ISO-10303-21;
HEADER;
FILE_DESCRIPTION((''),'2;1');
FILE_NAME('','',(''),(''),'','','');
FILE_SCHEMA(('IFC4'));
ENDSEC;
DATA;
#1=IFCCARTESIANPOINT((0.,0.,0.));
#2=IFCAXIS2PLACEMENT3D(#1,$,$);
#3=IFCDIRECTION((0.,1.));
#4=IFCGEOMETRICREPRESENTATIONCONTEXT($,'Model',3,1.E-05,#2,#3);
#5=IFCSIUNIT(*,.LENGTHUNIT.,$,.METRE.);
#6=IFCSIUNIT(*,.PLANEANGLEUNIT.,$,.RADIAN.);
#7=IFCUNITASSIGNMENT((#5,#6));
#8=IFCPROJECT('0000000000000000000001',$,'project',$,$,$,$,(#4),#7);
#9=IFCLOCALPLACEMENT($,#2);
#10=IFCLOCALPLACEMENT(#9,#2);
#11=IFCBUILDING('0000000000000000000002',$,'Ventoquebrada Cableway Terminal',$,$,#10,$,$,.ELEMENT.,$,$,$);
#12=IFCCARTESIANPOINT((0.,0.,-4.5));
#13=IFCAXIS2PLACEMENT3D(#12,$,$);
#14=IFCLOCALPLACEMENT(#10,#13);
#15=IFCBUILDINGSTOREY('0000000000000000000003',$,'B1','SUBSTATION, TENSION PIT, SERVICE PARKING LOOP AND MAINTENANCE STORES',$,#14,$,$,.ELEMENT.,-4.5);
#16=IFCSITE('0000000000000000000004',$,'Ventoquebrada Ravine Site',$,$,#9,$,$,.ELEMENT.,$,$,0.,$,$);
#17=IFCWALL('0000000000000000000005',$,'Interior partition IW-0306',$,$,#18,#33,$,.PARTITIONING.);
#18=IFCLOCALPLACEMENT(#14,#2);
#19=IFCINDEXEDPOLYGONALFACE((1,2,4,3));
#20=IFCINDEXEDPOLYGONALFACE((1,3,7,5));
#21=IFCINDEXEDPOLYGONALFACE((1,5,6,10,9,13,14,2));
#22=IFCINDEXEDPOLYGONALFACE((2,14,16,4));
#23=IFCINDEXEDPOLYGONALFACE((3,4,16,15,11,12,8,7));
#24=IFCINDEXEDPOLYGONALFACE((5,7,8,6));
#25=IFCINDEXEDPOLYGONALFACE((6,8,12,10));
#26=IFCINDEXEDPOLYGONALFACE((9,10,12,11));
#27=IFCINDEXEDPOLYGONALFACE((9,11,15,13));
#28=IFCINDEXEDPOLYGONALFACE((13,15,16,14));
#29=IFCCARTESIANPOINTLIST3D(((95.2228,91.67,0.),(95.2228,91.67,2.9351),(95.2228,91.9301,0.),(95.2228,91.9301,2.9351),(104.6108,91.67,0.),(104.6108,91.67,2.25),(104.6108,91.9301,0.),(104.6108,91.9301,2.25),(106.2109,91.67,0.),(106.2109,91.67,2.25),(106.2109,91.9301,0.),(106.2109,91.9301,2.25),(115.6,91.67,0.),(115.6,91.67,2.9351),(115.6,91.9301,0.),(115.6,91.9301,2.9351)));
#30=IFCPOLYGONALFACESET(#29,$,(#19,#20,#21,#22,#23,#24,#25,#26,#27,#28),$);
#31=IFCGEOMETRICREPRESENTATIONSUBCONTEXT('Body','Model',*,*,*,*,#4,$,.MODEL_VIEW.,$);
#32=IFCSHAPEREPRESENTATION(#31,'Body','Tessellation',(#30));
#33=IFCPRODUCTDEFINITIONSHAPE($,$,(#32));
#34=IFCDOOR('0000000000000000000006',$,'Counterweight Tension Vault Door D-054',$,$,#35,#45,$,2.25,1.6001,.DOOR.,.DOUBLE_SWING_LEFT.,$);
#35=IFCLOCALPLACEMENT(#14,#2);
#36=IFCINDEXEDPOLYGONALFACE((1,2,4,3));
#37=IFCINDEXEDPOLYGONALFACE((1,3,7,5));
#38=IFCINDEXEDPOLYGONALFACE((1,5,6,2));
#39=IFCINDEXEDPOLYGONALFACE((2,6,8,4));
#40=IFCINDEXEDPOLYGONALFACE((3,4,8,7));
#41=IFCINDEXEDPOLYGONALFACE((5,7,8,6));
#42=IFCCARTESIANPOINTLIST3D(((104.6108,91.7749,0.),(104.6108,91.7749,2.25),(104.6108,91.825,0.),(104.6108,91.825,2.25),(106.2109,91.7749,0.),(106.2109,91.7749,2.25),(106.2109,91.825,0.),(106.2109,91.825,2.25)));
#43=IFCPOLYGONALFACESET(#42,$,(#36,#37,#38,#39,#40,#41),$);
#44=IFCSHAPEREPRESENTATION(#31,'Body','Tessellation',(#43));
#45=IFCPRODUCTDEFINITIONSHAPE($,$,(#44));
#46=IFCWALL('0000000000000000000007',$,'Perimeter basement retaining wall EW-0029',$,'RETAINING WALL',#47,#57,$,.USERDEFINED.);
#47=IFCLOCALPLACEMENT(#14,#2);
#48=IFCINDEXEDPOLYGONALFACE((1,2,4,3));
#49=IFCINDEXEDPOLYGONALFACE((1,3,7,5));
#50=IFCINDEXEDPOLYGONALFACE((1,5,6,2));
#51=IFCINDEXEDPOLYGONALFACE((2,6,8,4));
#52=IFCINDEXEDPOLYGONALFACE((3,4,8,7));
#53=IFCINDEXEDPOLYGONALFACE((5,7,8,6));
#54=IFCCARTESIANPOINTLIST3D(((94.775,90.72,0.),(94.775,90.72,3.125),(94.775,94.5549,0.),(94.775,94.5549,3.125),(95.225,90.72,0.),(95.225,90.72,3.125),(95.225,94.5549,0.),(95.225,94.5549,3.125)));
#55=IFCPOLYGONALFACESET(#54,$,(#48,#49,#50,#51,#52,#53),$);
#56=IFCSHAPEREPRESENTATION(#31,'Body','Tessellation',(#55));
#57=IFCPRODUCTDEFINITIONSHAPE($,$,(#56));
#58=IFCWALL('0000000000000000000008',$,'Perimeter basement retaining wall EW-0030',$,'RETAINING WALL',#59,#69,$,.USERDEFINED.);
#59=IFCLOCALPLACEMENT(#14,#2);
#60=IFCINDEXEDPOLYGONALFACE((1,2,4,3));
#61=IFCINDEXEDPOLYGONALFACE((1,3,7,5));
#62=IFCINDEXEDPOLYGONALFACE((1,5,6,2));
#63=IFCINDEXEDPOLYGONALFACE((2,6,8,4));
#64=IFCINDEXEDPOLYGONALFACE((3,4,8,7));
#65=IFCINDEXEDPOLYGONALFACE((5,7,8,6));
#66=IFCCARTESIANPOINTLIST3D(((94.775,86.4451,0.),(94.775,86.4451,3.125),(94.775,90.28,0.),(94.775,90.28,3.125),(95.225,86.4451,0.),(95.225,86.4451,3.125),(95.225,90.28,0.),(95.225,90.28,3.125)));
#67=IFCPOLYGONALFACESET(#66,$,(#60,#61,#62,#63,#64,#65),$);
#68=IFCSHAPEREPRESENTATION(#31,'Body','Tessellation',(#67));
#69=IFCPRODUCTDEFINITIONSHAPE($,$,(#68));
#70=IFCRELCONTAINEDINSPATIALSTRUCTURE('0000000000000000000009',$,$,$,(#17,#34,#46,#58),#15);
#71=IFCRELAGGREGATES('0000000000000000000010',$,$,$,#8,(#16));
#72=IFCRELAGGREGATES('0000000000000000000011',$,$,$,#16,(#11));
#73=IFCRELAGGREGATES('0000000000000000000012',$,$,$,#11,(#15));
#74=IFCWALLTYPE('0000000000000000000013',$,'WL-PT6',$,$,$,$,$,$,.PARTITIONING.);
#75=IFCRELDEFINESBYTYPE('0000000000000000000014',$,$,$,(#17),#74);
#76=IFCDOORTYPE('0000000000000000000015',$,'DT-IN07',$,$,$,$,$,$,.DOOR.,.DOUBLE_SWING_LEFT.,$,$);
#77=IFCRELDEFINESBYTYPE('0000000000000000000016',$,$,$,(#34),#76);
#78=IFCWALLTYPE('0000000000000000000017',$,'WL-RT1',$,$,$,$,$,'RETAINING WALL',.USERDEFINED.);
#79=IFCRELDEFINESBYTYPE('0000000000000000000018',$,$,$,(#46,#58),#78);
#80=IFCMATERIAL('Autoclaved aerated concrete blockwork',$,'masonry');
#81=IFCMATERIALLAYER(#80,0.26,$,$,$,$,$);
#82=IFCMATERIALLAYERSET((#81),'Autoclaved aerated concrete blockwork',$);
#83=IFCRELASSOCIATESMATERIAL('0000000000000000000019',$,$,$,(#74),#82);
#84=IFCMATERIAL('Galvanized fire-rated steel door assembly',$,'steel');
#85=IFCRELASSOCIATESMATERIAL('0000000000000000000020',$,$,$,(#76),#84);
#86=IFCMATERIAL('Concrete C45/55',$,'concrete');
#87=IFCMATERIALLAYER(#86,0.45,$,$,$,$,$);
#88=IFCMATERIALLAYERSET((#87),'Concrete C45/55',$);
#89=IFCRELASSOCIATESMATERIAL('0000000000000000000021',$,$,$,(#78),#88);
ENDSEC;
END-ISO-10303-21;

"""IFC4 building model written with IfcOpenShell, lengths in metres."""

from ifc_helpers import new_model, si_unit, direction, frame, frame_2d, origin, place, context, subcontext, project, spatial, rectangle, extrude, material, layer, layer_set, type_object, element, fill, save


model = new_model("IFC4")

# Units and contexts
model_context = context("Model", 3, precision=1e-05, world=origin(), true_north=direction((0.0, 1.0)))
body_context = subcontext(model_context, "Body", "Model", "MODEL_VIEW")
ifc_project = project(units=[si_unit("LENGTHUNIT", "METRE"), si_unit("PLANEANGLEUNIT", "RADIAN")], contexts=[model_context])

# Site, building, storey
site_placement = place(None, origin())
site = spatial("IfcSite", under=ifc_project, at=site_placement, Name="Ventoquebrada Ravine Site", CompositionType="ELEMENT", RefElevation=0.0)
building_placement = place(site_placement, origin())
building = spatial("IfcBuilding", under=site, at=building_placement, Name="Ventoquebrada Cableway Terminal", CompositionType="ELEMENT")
storey_placement = place(building_placement, frame((0.0, 0.0, -4.5)))
storey = spatial("IfcBuildingStorey", under=building, at=storey_placement, Name="B1", Description="SUBSTATION, TENSION PIT, SERVICE PARKING LOOP AND MAINTENANCE STORES", CompositionType="ELEMENT", Elevation=-4.5)

# Wall, opening, door
ifc_material_1 = material(Name="Autoclaved aerated concrete blockwork", Category="masonry")
ifc_layer_1 = layer(ifc_material_1, 0.26)
ifc_layer_set_1 = layer_set([ifc_layer_1], Name="Autoclaved aerated concrete blockwork")
wall_type_1 = type_object("IfcWallType", Name="WL-PT6", PredefinedType="PARTITIONING", material=ifc_layer_set_1)
wall_placement = place(storey_placement, frame((95.2229, 91.8, 0.0), z_axis=(0.0, 0.0, 1.0), x_axis=(1.0, 0.0, 0.0)))
wall = element("IfcWall", 1, at=wall_placement, inside=storey, type_object=wall_type_1, Name="Interior partition IW-0306", PredefinedType="PARTITIONING", context=body_context, shape_type="SweptSolid", body=[
    extrude(rectangle(XDim=20.3772, YDim=0.26, at=frame_2d((10.1885, 0.0))), origin(), (0.0, 0.0, 1.0), 2.9351),
])
opening_placement = place(wall_placement, frame((9.3879, 0.0, 0.0)))
opening = element("IfcOpeningElement", 2, at=opening_placement, cuts=wall, PredefinedType="OPENING", context=body_context, shape_type="SweptSolid", body=[
    extrude(rectangle(XDim=1.6001, YDim=2.25, at=frame_2d((0.8, 1.125))), frame((0.0, 0.1399, 0.0), z_axis=(0.0, -1.0, 0.0), x_axis=(1.0, 0.0, 0.0)), (0.0, 0.0, 1.0), 0.28),
])
ifc_material_2 = material(Name="Galvanized fire-rated steel door assembly", Category="steel")
door_type = type_object("IfcDoorType", Name="DT-IN07", OperationType="DOUBLE_SWING_LEFT", PredefinedType="DOOR", material=ifc_material_2)
door_placement = place(opening_placement, origin())
door = element("IfcDoor", 3, at=door_placement, inside=storey, type_object=door_type, Name="Counterweight Tension Vault Door D-054", OperationType="DOUBLE_SWING_LEFT", OverallHeight=2.25, OverallWidth=1.6001, PredefinedType="DOOR", context=body_context, shape_type="SweptSolid", body=[
    extrude(rectangle(XDim=1.6001, YDim=2.25, at=frame_2d((0.8, 1.125))), frame((0.0, 0.0249, 0.0), z_axis=(0.0, -1.0, 0.0), x_axis=(1.0, 0.0, 0.0)), (0.0, 0.0, 1.0), 0.05),
])
fill(opening, door)

# Walls
ifc_material_3 = material(Name="Concrete C45/55", Category="concrete")
ifc_layer_2 = layer(ifc_material_3, 0.45)
ifc_layer_set_2 = layer_set([ifc_layer_2], Name="Concrete C45/55")
wall_type_2 = type_object("IfcWallType", Name="WL-RT1", ElementType="RETAINING WALL", PredefinedType="USERDEFINED", material=ifc_layer_set_2)
for number, where, z_axis, x_axis, name in (
    (4, (95.0, 94.5549, 0.0), (0.0, 0.0, 1.0), (0.0, -1.0, 0.0), "Perimeter basement retaining wall EW-0029"),
    (5, (95.0, 90.28, 0.0), (0.0, 0.0, 1.0), (0.0, -1.0, 0.0), "Perimeter basement retaining wall EW-0030"),
):
    element("IfcWall", number, at=place(storey_placement, frame(where, z_axis=z_axis, x_axis=x_axis)), inside=storey, type_object=wall_type_2, Name=name, ObjectType="RETAINING WALL", PredefinedType="USERDEFINED", context=body_context, shape_type="SweptSolid", body=[
        extrude(rectangle(XDim=3.835, YDim=0.45, at=frame_2d((1.9175, 0.0))), origin(), (0.0, 0.0, 1.0), 3.125),
    ])

save(model, "model.ifc")
